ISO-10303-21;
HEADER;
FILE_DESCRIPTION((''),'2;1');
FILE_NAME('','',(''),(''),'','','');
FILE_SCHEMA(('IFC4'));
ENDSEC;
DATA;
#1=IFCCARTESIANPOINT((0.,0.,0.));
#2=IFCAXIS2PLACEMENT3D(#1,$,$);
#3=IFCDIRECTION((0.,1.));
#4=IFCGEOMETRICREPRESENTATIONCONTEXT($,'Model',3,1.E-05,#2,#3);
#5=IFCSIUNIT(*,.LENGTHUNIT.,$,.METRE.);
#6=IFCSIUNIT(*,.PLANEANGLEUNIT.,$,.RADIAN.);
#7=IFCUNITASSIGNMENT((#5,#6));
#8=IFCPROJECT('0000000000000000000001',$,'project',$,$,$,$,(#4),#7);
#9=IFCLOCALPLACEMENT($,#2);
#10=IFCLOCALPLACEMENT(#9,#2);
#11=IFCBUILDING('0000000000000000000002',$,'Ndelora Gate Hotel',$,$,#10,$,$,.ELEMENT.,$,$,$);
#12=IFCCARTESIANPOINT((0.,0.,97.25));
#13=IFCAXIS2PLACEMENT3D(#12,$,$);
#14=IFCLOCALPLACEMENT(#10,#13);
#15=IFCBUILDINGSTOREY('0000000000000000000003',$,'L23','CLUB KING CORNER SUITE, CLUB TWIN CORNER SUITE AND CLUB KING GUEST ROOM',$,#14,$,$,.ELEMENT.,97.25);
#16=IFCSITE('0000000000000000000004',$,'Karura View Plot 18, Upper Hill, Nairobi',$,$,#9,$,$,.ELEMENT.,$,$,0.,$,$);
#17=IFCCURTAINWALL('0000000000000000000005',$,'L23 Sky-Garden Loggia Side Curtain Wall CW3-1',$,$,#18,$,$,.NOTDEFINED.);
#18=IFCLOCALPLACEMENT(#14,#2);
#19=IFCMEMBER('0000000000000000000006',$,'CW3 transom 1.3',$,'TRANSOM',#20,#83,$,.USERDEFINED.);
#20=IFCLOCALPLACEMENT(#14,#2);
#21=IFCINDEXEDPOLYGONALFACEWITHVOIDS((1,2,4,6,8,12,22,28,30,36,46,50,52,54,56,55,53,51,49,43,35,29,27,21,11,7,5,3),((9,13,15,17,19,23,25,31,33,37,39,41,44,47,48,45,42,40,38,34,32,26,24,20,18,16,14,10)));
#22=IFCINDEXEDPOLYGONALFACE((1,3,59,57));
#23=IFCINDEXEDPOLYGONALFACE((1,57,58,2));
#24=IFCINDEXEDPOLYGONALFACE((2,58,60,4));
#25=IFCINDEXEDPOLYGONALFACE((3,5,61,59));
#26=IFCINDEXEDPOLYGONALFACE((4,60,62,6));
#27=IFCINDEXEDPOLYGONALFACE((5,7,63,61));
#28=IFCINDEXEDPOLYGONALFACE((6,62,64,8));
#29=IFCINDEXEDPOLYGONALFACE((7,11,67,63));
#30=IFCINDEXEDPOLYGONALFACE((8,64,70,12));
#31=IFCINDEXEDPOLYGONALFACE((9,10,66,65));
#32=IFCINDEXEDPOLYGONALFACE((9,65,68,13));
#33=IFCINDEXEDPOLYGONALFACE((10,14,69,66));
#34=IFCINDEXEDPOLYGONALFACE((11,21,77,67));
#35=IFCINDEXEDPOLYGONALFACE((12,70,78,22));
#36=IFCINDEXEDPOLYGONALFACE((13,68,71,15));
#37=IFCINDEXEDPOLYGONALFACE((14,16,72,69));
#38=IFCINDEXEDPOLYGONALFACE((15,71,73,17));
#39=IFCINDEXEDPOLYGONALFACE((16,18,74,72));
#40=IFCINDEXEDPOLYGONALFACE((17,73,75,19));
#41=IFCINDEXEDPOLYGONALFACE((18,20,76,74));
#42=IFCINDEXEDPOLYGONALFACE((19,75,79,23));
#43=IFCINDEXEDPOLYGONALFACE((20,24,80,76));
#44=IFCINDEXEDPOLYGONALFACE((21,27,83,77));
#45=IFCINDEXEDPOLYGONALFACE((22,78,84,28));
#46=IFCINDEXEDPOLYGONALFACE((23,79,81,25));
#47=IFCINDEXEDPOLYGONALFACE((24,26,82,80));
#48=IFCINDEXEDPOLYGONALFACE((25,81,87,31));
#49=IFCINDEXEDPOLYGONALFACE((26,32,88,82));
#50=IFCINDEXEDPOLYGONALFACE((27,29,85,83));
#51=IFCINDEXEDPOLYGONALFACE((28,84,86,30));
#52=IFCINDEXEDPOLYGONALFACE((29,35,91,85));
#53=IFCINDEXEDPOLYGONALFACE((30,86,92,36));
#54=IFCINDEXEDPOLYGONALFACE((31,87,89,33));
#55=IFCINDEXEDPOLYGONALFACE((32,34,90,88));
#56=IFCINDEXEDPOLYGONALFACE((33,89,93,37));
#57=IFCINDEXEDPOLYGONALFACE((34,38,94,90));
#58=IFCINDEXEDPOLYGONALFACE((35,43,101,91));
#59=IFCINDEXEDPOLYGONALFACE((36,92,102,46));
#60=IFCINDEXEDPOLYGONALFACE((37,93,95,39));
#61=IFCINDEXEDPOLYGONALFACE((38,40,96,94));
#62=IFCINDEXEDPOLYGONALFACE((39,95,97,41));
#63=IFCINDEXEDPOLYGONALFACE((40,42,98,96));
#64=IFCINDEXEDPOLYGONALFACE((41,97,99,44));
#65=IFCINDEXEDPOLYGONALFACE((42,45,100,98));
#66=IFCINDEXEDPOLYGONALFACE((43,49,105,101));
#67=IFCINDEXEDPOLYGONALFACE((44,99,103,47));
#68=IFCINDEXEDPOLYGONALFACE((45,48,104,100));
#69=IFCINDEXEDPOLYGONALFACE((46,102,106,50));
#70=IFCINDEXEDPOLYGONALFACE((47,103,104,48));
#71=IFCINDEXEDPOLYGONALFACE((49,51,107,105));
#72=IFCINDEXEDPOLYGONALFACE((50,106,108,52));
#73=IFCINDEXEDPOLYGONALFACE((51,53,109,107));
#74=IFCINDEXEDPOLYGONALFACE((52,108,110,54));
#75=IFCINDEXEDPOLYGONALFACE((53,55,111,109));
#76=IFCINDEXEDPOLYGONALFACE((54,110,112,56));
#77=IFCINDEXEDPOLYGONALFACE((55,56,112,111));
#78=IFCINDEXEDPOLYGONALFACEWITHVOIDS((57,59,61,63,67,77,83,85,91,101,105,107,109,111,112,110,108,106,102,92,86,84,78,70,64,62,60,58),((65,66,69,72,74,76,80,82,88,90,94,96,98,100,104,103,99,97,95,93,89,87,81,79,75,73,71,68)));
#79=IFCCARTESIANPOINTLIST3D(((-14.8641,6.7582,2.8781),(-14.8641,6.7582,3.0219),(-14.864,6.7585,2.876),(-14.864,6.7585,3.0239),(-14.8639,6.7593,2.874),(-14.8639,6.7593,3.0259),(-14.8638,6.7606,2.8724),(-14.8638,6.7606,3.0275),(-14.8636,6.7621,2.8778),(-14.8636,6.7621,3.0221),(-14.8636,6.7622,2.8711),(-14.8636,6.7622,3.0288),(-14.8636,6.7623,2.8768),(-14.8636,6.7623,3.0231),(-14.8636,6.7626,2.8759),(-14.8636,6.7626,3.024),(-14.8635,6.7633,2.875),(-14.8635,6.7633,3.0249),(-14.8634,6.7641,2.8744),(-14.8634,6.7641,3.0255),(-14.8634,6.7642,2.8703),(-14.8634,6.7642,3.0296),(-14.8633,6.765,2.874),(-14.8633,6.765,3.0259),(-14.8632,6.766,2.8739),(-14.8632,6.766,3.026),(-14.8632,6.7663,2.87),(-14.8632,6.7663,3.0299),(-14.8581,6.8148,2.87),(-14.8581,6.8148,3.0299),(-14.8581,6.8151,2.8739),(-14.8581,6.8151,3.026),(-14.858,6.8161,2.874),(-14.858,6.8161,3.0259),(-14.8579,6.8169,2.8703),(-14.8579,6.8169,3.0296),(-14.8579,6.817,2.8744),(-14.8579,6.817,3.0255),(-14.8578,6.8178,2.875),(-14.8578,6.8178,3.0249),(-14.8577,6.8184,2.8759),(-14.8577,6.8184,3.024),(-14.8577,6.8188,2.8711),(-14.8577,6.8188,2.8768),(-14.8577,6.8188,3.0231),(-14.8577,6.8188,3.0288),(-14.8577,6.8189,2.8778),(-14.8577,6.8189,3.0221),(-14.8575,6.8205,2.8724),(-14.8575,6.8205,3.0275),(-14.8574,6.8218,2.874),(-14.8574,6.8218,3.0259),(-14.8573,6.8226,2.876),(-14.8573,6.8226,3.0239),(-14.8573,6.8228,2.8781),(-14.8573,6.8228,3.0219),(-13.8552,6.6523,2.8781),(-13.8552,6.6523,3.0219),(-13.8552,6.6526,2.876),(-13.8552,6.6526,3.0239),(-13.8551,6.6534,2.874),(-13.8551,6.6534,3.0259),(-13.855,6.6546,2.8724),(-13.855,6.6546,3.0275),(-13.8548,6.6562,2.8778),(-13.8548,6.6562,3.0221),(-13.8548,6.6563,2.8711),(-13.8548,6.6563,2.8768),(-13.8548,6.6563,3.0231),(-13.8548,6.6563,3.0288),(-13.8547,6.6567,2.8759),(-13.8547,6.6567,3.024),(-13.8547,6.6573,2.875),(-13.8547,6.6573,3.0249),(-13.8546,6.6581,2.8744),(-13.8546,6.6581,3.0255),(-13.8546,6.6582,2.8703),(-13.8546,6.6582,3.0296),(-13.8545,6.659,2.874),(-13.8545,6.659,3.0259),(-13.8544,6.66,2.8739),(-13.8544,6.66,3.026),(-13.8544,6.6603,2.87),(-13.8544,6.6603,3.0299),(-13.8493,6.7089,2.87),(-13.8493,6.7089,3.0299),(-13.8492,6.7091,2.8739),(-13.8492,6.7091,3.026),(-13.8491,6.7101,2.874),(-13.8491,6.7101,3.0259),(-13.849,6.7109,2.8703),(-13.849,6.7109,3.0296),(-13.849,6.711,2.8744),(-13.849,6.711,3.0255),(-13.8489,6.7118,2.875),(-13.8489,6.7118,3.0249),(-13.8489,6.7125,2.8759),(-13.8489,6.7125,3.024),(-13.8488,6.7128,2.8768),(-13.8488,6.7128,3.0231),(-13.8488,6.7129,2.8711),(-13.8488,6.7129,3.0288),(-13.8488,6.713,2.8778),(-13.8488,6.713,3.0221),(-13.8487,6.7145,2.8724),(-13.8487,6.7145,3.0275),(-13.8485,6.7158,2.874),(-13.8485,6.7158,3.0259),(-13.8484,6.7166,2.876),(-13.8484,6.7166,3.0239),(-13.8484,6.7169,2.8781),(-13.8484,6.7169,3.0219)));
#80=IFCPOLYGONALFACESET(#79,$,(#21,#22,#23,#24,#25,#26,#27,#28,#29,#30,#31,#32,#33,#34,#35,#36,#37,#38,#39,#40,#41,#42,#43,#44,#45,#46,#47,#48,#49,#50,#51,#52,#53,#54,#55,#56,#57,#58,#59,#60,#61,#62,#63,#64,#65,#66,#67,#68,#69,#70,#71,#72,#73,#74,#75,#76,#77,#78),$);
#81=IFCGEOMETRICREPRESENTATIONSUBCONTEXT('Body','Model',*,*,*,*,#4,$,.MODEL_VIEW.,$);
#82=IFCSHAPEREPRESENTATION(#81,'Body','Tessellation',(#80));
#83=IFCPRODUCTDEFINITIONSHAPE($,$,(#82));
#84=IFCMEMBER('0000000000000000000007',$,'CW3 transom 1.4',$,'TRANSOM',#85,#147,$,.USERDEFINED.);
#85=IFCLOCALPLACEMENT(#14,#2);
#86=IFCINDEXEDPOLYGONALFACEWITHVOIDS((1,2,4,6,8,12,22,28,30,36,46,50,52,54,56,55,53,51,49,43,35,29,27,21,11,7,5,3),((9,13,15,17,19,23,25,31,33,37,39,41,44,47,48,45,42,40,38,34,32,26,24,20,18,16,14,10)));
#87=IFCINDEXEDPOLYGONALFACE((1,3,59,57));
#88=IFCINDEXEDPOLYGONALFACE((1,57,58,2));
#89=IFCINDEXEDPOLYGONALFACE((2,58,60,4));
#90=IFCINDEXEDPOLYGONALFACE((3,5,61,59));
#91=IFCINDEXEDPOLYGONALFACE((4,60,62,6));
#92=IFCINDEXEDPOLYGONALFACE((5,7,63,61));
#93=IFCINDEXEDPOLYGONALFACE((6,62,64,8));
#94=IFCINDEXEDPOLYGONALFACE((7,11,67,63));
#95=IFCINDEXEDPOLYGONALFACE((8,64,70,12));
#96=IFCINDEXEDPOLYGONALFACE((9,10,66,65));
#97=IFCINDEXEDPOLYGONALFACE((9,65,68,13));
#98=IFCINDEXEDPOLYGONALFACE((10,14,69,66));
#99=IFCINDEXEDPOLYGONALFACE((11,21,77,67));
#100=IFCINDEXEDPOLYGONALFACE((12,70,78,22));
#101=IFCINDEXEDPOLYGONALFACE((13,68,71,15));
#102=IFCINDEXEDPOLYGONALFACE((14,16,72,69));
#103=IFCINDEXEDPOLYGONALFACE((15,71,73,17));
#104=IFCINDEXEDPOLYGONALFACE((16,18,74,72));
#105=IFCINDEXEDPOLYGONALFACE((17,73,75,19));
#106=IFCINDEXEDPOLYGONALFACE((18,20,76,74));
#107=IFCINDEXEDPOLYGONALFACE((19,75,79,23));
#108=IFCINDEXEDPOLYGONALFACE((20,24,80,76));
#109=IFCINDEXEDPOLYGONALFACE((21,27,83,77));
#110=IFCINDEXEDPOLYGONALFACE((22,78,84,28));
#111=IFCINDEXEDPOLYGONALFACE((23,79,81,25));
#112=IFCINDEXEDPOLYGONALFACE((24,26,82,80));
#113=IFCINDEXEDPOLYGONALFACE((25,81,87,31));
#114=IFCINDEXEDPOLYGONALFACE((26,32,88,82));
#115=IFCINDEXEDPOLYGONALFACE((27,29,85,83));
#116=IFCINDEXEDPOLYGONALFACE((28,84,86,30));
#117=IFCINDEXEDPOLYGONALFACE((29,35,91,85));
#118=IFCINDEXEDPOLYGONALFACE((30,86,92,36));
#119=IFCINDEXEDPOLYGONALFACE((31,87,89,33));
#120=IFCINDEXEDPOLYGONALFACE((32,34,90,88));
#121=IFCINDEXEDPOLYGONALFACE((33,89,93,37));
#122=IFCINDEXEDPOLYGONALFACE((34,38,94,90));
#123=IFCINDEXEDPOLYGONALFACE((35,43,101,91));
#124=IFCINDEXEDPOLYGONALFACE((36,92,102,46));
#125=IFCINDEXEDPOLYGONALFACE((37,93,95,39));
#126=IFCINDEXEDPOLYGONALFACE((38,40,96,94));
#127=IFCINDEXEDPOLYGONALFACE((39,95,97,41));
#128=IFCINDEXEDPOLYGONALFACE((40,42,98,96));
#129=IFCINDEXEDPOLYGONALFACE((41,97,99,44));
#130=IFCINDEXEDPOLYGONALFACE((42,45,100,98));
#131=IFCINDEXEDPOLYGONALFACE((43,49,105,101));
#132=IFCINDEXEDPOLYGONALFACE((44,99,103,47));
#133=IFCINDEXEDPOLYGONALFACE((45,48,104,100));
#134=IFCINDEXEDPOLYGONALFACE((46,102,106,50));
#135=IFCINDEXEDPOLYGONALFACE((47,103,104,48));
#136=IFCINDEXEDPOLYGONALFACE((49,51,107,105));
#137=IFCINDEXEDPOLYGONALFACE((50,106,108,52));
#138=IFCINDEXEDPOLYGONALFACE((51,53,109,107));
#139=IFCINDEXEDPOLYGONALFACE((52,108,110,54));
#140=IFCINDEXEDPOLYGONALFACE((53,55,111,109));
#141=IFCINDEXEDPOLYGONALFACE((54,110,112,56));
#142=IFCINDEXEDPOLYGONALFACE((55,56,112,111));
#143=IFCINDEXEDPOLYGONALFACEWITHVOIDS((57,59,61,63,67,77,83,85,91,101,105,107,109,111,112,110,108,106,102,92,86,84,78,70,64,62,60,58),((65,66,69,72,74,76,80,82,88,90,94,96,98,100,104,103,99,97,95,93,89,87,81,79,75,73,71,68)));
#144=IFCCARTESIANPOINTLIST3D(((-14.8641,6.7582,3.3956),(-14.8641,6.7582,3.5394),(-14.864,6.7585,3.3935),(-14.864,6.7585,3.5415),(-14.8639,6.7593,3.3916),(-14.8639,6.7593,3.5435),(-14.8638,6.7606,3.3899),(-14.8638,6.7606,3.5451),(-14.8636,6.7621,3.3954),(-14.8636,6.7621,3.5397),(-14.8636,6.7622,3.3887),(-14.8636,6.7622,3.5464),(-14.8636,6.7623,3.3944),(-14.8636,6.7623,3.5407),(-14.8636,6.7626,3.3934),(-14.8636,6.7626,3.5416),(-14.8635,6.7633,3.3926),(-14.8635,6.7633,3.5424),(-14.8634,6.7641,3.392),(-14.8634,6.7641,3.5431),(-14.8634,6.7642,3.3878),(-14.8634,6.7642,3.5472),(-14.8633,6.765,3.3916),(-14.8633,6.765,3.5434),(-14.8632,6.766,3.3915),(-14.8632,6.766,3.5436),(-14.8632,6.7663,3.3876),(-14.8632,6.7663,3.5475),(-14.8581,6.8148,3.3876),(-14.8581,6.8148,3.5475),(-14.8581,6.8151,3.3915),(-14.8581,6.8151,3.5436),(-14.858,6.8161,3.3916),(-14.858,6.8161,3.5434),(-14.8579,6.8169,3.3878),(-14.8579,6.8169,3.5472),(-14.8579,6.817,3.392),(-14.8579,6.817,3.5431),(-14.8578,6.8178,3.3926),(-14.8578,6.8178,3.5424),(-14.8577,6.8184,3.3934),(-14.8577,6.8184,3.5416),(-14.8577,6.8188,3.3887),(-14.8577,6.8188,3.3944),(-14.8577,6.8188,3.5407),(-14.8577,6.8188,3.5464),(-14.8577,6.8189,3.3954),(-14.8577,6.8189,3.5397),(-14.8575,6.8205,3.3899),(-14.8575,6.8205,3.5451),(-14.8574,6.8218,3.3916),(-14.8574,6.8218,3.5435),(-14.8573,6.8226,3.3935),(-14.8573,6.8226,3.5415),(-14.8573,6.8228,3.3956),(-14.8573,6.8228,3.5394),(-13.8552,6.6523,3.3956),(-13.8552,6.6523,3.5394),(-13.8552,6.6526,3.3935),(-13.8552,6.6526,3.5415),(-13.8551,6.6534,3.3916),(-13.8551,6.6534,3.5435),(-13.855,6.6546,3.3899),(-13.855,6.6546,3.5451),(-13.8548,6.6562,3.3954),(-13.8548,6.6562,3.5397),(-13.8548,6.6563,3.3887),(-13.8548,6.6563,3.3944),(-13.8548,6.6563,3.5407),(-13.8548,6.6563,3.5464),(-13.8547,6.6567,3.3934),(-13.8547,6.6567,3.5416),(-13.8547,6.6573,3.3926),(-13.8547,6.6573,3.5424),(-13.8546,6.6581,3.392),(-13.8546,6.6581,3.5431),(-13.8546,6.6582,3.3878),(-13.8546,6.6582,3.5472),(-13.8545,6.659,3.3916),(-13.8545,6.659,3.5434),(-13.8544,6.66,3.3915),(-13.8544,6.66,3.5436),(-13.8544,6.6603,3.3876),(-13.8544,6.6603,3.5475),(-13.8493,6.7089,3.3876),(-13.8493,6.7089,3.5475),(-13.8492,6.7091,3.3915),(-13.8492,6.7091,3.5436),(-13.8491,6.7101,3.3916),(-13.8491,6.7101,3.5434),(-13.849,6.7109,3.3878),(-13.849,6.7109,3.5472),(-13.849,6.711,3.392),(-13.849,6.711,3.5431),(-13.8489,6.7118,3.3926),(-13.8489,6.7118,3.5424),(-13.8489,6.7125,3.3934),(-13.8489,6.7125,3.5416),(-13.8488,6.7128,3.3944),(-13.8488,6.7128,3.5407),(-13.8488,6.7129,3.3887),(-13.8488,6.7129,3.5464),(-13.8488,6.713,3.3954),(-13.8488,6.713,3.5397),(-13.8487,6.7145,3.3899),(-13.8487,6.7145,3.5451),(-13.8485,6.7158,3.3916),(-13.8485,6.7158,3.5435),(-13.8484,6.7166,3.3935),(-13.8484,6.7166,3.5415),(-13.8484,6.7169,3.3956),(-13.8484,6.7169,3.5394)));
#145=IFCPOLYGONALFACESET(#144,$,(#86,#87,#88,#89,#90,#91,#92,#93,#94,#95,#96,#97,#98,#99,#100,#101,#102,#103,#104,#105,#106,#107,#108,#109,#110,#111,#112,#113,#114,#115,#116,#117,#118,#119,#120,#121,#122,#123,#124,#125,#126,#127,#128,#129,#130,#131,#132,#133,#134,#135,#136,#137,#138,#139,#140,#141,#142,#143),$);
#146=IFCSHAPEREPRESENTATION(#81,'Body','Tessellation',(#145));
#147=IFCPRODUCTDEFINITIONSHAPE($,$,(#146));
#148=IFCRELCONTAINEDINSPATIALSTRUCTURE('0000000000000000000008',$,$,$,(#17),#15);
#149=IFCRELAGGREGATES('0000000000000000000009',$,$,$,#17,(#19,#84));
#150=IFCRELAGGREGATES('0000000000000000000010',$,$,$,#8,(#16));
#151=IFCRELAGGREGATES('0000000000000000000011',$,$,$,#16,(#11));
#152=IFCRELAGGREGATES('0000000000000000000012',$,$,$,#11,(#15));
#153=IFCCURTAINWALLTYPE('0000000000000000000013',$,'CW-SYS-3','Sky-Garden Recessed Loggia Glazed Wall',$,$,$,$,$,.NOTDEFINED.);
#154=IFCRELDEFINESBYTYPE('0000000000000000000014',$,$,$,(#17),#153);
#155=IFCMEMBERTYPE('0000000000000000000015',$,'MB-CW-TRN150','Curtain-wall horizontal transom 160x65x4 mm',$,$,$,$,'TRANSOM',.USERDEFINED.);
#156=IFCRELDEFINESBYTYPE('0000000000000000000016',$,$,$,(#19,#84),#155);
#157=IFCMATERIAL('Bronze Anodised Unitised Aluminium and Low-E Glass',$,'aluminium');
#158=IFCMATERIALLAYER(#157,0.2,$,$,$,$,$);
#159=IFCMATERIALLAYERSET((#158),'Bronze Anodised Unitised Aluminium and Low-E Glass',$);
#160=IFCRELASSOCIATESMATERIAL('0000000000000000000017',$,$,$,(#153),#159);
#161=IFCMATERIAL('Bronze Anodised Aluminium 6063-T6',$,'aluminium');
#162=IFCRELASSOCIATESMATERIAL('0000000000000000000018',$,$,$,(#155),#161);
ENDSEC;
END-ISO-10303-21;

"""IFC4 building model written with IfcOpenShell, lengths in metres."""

from ifc_helpers import new_model, si_unit, direction, frame, origin, origin_2d, place, context, subcontext, project, spatial, hollow_rectangle, extrude, material, layer, layer_set, material_profile, profile_set, type_object, element, aggregate, save


model = new_model("IFC4")

# Units and contexts
model_context = context("Model", 3, precision=1e-05, world=origin(), true_north=direction((0.0, 1.0)))
body_context = subcontext(model_context, "Body", "Model", "MODEL_VIEW")
ifc_project = project(units=[si_unit("LENGTHUNIT", "METRE"), si_unit("PLANEANGLEUNIT", "RADIAN")], contexts=[model_context])

# Site, building, storey
site_placement = place(None, origin())
site = spatial("IfcSite", under=ifc_project, at=site_placement, Name="Karura View Plot 18, Upper Hill, Nairobi", CompositionType="ELEMENT", RefElevation=0.0)
building_placement = place(site_placement, origin())
building = spatial("IfcBuilding", under=site, at=building_placement, Name="Ndelora Gate Hotel", CompositionType="ELEMENT")
storey_placement = place(building_placement, frame((0.0, 0.0, 97.25)))
storey = spatial("IfcBuildingStorey", under=building, at=storey_placement, Name="L23", Description="CLUB KING CORNER SUITE, CLUB TWIN CORNER SUITE AND CLUB KING GUEST ROOM", CompositionType="ELEMENT", Elevation=97.25)

# Curtain wall, members
ifc_material_1 = material(Name="Bronze Anodised Unitised Aluminium and Low-E Glass", Category="aluminium")
ifc_layer_1 = layer(ifc_material_1, 0.2)
ifc_layer_set_1 = layer_set([ifc_layer_1], Name="Bronze Anodised Unitised Aluminium and Low-E Glass")
curtain_wall_type = type_object("IfcCurtainWallType", Name="CW-SYS-3", Description="Sky-Garden Recessed Loggia Glazed Wall", PredefinedType="NOTDEFINED", material=ifc_layer_set_1)
curtain_wall_placement = place(storey_placement, origin())
curtain_wall = element("IfcCurtainWall", 1, at=curtain_wall_placement, inside=storey, type_object=curtain_wall_type, Name="L23 Sky-Garden Loggia Side Curtain Wall CW3-1", PredefinedType="NOTDEFINED")
ifc_material_2 = material(Name="Bronze Anodised Aluminium 6063-T6", Category="aluminium")
ifc_material_profile_1 = material_profile(ifc_material_2, hollow_rectangle(XDim=0.0649, YDim=0.1599, WallThickness=0.0039, InnerFilletRadius=0.0039, OuterFilletRadius=0.0081, at=origin_2d()), Name="ALU 160x65x4")
ifc_profile_set_1 = profile_set([ifc_material_profile_1], Name="Bronze Anodised Aluminium 6063-T6")
member_type_1 = type_object("IfcMemberType", Name="MB-CW-TRN150", Description="Curtain-wall horizontal transom 160x65x4 mm", ElementType="TRANSOM", PredefinedType="USERDEFINED", material=ifc_profile_set_1)
member_1_placement = place(storey_placement, frame((-13.8518, 6.6846, 2.95), z_axis=(-0.994529, 0.104459, 0.0), x_axis=(-0.104459, -0.994529, 0.0)))
member_1 = element("IfcMember", 2, at=member_1_placement, type_object=member_type_1, Name="CW3 transom 1.3", ObjectType="TRANSOM", PredefinedType="USERDEFINED", context=body_context, shape_type="SweptSolid", body=[
    extrude(hollow_rectangle(XDim=0.0649, YDim=0.1599, WallThickness=0.0039, InnerFilletRadius=0.0039, OuterFilletRadius=0.0081, at=origin_2d()), origin(), (0.0, 0.0, 1.0), 1.0144),
])
member_2_placement = place(storey_placement, frame((-13.8518, 6.6846, 3.4675), z_axis=(-0.994529, 0.104459, 0.0), x_axis=(-0.104459, -0.994529, 0.0)))
member_2 = element("IfcMember", 3, at=member_2_placement, type_object=member_type_1, Name="CW3 transom 1.4", ObjectType="TRANSOM", PredefinedType="USERDEFINED", context=body_context, shape_type="SweptSolid", body=[
    extrude(hollow_rectangle(XDim=0.0649, YDim=0.1599, WallThickness=0.0039, InnerFilletRadius=0.0039, OuterFilletRadius=0.0081, at=origin_2d()), origin(), (0.0, 0.0, 1.0), 1.0144),
])
aggregate(curtain_wall, [member_1, member_2])

save(model, "model.ifc")
